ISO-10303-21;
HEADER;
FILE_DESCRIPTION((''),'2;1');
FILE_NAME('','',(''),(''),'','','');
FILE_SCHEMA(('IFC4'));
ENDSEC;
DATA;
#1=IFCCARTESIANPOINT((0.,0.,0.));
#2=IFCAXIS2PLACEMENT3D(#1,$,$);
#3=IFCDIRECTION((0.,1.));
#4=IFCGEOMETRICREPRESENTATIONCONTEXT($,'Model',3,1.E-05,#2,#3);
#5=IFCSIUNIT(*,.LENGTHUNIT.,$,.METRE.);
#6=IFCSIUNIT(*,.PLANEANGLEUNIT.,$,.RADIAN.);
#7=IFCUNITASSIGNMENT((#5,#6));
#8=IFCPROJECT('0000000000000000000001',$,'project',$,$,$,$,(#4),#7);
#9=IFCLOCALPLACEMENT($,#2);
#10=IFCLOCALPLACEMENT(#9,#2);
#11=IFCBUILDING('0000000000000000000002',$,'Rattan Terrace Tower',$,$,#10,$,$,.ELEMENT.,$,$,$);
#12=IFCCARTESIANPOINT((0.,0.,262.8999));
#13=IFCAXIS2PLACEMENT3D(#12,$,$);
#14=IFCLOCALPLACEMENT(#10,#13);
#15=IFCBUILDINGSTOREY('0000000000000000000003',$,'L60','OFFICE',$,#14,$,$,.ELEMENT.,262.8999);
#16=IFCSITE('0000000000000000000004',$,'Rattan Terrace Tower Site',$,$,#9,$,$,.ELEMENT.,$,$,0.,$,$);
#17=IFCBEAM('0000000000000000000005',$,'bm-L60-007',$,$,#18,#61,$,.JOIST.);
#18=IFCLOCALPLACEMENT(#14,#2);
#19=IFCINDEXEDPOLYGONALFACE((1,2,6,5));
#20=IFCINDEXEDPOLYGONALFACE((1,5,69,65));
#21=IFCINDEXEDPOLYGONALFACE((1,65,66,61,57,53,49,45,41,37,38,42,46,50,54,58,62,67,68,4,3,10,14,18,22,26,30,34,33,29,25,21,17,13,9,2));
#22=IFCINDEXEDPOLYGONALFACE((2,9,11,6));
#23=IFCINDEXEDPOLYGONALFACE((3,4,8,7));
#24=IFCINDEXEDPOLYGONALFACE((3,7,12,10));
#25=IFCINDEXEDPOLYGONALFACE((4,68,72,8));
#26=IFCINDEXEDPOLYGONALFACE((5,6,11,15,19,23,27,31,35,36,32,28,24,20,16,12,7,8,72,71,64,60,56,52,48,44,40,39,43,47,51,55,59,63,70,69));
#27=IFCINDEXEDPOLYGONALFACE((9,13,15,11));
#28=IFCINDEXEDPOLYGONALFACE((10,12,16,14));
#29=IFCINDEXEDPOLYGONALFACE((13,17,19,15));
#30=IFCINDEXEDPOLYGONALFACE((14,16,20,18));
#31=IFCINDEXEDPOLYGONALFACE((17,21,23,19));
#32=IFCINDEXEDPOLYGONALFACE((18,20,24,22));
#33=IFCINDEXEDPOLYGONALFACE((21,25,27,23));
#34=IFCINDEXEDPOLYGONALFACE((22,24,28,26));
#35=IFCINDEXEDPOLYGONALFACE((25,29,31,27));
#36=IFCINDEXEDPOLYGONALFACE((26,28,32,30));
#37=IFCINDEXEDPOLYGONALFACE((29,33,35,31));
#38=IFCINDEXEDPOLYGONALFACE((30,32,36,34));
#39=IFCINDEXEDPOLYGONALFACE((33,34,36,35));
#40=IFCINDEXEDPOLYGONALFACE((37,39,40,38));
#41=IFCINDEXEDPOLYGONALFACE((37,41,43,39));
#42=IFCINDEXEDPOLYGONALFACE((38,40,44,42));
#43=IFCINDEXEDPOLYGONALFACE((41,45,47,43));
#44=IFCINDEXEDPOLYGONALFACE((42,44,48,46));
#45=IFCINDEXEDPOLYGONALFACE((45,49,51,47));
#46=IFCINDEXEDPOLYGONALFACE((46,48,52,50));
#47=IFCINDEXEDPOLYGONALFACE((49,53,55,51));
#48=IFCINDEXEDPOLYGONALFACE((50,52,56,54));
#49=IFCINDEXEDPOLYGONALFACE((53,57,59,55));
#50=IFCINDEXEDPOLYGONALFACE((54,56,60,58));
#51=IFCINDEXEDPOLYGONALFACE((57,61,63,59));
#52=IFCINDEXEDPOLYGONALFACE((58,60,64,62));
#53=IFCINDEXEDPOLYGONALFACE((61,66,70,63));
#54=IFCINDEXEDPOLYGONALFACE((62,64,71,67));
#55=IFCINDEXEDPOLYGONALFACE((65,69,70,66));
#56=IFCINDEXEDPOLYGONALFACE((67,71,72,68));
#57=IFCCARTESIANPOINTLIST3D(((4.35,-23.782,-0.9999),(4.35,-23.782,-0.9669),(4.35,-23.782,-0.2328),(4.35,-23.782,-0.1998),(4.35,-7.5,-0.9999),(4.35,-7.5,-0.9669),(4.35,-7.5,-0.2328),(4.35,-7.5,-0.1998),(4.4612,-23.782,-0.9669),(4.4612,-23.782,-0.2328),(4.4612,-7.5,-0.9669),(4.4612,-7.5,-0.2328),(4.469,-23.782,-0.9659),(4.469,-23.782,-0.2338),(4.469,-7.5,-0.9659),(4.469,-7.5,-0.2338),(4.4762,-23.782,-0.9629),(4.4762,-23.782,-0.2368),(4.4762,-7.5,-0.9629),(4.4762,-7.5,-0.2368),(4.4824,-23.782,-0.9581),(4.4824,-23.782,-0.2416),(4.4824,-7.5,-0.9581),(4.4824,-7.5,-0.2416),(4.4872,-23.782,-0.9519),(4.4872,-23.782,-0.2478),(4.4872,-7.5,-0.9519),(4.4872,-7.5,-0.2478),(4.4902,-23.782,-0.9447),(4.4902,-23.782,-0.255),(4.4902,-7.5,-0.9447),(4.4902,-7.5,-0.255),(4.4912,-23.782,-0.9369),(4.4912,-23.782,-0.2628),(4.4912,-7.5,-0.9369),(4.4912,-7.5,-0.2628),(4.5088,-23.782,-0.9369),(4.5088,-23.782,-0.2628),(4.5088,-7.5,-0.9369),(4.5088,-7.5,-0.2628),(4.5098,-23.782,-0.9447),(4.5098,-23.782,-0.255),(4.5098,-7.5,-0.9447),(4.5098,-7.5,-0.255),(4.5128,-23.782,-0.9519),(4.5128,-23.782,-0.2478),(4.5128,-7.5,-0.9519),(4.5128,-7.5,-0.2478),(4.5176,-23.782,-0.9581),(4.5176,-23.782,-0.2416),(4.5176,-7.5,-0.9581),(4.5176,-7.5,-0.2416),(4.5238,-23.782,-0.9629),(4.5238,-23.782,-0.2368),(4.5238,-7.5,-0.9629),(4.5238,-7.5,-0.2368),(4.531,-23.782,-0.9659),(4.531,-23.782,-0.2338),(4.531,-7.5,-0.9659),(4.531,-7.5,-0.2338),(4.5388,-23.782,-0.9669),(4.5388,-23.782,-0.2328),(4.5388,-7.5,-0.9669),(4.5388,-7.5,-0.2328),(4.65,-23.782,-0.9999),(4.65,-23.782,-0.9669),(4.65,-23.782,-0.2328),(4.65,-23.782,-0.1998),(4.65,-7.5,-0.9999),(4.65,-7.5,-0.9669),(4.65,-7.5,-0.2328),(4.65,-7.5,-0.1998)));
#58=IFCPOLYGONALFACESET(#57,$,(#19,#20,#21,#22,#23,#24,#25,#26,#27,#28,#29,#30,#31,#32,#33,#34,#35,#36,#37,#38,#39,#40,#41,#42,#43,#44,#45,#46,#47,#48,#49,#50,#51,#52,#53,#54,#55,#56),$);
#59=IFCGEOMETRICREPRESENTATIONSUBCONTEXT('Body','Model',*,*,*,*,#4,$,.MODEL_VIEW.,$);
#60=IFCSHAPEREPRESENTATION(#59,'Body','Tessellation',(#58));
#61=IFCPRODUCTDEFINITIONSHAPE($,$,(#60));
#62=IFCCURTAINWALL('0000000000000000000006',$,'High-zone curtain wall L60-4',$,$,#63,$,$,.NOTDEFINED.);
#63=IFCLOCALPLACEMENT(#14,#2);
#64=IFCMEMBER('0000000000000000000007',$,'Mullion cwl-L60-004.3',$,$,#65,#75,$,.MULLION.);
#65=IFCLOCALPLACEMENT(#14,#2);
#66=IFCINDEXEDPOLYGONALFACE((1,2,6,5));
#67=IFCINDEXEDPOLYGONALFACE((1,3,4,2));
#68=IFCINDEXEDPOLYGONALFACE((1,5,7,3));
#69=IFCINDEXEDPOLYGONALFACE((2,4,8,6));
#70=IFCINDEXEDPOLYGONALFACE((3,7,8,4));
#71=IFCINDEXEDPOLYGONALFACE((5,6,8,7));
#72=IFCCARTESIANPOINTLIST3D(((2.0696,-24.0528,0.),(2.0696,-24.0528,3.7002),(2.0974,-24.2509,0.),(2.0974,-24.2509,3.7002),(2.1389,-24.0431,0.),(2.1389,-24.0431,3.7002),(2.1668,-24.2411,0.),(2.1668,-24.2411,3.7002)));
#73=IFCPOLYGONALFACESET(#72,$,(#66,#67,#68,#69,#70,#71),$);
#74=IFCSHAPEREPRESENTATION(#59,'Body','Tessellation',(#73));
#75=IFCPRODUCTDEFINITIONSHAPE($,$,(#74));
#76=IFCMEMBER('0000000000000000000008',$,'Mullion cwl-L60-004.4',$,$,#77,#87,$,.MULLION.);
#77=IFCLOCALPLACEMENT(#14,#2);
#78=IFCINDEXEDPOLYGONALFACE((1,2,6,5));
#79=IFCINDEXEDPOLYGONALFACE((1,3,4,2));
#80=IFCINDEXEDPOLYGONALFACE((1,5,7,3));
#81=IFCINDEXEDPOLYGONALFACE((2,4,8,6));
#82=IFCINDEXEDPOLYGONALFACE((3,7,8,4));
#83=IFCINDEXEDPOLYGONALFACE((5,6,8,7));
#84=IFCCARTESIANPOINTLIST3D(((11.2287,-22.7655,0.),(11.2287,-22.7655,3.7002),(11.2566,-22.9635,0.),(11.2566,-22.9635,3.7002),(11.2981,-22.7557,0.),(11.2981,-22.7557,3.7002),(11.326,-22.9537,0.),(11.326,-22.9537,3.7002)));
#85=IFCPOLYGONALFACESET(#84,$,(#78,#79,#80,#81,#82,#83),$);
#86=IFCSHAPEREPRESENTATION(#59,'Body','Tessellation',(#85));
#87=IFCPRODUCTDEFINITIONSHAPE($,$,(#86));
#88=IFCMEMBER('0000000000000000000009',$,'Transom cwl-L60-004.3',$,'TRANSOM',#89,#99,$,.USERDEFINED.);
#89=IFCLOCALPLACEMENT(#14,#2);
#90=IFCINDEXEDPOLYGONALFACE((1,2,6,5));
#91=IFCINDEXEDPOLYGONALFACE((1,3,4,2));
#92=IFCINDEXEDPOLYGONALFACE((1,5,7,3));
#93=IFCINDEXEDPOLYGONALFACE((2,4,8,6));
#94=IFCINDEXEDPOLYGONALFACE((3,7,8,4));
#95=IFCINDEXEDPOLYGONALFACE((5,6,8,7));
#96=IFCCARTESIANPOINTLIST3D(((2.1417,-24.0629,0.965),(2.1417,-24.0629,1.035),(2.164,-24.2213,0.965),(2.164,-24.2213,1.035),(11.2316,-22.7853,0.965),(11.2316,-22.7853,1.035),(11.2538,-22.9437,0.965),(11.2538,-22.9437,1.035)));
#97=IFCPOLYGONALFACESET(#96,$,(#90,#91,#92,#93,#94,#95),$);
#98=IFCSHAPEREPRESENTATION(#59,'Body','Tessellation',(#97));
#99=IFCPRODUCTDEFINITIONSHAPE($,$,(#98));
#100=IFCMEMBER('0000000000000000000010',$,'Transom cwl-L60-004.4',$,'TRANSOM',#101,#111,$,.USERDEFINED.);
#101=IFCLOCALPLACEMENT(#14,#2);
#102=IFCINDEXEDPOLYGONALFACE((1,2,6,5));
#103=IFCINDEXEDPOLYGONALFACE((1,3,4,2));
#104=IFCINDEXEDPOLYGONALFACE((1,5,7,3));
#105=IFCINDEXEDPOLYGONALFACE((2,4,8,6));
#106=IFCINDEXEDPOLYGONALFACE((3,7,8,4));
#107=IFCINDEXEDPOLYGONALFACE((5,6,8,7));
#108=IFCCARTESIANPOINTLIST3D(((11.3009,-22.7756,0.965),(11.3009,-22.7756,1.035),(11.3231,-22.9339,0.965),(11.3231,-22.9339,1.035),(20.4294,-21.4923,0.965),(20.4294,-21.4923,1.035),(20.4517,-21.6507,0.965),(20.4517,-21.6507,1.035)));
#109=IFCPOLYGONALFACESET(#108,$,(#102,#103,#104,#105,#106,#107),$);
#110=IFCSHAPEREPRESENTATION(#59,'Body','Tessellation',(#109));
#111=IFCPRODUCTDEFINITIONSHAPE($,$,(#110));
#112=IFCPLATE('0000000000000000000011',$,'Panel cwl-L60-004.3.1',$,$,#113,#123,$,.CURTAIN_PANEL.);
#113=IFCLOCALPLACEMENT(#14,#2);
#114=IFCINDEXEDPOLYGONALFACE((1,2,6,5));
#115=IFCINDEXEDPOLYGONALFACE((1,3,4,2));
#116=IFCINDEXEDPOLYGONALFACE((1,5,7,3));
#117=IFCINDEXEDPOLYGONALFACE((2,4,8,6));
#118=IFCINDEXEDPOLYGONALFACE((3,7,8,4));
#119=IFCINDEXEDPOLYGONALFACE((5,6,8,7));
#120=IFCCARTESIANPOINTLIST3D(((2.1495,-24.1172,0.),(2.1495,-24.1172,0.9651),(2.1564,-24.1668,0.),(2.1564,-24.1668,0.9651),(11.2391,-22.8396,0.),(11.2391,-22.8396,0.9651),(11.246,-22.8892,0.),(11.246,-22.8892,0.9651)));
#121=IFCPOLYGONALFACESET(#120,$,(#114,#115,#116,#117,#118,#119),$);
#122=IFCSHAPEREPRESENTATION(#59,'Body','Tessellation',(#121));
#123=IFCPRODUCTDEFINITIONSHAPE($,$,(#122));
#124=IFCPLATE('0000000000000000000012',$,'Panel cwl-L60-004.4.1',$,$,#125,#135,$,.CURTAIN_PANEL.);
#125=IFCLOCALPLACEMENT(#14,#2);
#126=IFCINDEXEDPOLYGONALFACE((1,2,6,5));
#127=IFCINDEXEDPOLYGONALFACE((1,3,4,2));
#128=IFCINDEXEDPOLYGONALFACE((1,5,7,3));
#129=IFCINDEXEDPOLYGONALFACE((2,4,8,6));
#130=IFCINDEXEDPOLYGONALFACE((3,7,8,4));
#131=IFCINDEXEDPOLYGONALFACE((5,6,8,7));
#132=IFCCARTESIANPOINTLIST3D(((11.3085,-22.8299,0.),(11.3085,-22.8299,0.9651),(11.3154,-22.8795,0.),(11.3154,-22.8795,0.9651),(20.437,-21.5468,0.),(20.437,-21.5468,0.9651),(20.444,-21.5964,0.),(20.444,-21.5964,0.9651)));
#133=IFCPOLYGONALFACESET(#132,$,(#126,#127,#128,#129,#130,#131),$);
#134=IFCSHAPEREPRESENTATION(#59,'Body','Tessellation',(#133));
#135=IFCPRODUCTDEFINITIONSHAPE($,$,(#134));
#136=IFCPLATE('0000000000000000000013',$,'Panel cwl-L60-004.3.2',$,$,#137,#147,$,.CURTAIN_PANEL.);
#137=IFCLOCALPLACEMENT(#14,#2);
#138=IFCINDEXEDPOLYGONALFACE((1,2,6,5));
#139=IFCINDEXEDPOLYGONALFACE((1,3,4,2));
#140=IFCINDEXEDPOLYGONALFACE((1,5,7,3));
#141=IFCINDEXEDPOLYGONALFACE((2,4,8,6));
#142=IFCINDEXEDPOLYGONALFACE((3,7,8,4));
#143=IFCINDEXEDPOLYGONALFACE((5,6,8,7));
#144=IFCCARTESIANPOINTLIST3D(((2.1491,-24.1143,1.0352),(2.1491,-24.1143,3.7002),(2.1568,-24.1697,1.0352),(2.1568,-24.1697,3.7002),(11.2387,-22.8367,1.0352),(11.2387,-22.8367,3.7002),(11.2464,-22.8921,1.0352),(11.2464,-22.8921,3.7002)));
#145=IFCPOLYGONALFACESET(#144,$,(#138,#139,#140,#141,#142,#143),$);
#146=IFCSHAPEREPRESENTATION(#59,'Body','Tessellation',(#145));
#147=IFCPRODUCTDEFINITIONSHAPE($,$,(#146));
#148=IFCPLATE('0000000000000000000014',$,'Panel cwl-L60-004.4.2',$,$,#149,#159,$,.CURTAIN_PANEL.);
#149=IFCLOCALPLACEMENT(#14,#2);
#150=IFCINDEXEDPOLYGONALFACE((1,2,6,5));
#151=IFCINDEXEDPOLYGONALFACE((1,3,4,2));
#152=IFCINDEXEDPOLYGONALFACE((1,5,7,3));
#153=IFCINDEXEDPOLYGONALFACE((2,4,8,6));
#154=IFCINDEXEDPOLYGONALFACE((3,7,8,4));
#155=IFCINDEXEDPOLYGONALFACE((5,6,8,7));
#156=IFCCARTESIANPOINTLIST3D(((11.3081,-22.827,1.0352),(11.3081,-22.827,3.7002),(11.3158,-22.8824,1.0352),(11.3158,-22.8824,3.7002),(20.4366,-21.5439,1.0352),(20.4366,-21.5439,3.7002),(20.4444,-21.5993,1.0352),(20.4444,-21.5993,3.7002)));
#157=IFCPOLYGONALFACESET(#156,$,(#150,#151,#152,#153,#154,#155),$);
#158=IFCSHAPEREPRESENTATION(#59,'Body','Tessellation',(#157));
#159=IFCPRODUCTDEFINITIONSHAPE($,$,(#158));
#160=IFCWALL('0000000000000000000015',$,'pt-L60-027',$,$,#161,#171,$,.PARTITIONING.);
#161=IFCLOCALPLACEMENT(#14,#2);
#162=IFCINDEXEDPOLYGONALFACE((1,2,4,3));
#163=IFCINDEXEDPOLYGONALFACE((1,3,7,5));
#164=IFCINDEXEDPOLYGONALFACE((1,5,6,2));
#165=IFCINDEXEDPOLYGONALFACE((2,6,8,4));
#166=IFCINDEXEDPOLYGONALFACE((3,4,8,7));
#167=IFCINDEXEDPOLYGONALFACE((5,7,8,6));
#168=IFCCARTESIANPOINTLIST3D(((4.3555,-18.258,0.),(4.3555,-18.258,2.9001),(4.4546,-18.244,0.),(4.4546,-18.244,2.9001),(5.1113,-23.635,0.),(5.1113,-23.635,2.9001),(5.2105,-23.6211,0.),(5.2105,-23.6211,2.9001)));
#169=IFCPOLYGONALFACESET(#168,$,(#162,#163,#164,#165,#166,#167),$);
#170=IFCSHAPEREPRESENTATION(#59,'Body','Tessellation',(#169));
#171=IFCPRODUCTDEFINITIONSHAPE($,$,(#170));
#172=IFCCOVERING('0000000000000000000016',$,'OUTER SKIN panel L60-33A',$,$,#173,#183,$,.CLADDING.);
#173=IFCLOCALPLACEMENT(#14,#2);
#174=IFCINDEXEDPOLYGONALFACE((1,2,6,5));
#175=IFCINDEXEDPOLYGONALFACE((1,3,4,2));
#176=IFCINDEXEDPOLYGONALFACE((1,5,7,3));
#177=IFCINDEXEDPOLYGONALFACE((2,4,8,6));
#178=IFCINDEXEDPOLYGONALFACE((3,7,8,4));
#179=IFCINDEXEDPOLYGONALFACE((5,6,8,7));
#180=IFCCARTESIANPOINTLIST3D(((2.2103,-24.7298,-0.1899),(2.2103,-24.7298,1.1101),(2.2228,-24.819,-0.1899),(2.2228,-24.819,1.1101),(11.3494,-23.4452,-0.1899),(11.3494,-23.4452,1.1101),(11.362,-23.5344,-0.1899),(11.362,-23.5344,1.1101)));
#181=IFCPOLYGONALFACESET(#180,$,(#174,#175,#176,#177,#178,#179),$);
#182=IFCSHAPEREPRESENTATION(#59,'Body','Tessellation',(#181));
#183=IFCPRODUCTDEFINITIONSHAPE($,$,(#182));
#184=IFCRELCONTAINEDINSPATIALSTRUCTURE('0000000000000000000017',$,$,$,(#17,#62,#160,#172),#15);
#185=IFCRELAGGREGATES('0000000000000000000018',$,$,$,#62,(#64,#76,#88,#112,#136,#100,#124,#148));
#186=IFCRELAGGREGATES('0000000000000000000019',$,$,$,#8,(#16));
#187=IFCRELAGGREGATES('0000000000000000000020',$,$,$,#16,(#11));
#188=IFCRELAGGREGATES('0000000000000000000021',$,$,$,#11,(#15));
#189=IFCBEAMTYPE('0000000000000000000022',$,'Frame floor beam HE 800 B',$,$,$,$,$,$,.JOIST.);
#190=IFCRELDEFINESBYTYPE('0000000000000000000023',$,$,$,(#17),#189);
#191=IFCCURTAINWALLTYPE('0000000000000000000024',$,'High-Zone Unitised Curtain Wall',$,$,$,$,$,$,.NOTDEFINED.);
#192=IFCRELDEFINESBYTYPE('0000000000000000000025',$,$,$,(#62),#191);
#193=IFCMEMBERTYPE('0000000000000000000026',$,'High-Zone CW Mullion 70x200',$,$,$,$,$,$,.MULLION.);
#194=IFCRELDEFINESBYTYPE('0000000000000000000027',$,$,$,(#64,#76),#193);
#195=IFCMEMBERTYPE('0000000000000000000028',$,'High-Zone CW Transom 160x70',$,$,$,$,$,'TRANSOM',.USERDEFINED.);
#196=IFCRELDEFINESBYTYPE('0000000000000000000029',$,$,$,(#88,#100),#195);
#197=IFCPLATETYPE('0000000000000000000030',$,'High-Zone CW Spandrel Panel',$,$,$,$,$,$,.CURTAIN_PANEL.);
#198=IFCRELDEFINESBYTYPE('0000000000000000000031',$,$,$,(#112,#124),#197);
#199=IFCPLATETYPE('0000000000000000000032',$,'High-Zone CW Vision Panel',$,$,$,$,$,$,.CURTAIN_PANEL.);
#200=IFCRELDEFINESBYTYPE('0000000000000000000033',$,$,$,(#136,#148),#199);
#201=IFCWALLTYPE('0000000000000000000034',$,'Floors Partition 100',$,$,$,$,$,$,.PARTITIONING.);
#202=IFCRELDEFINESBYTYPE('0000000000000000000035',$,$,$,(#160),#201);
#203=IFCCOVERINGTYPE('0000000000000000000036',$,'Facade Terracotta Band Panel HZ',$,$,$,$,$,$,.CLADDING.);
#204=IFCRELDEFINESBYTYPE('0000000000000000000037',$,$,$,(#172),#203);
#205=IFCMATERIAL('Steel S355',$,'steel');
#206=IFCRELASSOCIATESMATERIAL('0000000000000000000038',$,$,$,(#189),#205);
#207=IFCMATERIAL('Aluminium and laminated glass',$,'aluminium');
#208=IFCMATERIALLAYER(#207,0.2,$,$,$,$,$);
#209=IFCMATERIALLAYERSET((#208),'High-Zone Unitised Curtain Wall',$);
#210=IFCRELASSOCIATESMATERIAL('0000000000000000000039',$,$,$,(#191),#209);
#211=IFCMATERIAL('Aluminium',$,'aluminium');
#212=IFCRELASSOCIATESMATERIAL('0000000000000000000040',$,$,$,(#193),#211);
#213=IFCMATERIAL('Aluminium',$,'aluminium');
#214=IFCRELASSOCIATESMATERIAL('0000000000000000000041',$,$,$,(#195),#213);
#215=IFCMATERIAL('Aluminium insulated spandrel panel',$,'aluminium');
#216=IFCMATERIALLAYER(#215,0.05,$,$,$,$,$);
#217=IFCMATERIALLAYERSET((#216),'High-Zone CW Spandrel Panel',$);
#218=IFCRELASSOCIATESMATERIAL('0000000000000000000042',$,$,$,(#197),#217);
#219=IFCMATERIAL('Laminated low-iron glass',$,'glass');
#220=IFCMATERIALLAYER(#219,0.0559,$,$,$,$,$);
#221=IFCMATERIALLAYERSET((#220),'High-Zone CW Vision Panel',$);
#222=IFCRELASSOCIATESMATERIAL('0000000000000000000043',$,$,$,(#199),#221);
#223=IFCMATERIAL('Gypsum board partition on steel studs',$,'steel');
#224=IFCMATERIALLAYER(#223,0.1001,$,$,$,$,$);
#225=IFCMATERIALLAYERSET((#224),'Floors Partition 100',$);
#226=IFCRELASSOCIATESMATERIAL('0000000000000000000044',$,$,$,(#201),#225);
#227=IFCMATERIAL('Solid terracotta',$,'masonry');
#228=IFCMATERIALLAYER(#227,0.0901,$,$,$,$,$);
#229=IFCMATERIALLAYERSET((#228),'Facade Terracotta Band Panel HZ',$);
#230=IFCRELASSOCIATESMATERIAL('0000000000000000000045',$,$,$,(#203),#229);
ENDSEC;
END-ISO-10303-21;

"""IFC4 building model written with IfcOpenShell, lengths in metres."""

from ifc_helpers import new_model, si_unit, direction, frame, frame_2d, origin, origin_2d, place, context, subcontext, project, spatial, rectangle, i_section, extrude, material, layer, layer_set, material_profile, profile_set, type_object, element, aggregate, save


model = new_model("IFC4")

# Units and contexts
model_context = context("Model", 3, precision=1e-05, world=origin(), true_north=direction((0.0, 1.0)))
body_context = subcontext(model_context, "Body", "Model", "MODEL_VIEW")
ifc_project = project(units=[si_unit("LENGTHUNIT", "METRE"), si_unit("PLANEANGLEUNIT", "RADIAN")], contexts=[model_context])

# Site, building, storey
site_placement = place(None, origin())
site = spatial("IfcSite", under=ifc_project, at=site_placement, Name="Rattan Terrace Tower Site", CompositionType="ELEMENT", RefElevation=0.0)
building_placement = place(site_placement, origin())
building = spatial("IfcBuilding", under=site, at=building_placement, Name="Rattan Terrace Tower", CompositionType="ELEMENT")
storey_placement = place(building_placement, frame((0.0, 0.0, 262.8999)))
storey = spatial("IfcBuildingStorey", under=building, at=storey_placement, Name="L60", Description="OFFICE", CompositionType="ELEMENT", Elevation=262.8999)

# Beam
ifc_material_1 = material(Name="Steel S355", Category="steel")
ifc_material_profile_1 = material_profile(ifc_material_1, i_section(OverallWidth=0.3, OverallDepth=0.8, WebThickness=0.0176, FlangeThickness=0.033, FilletRadius=0.03, at=origin_2d()), Name="HE 800 B")
ifc_profile_set_1 = profile_set([ifc_material_profile_1], Name="Steel S355")
beam_type_1 = type_object("IfcBeamType", Name="Frame floor beam HE 800 B", PredefinedType="JOIST", material=ifc_profile_set_1)
beam_1_placement = place(storey_placement, frame((4.5, -23.782, -0.5999), z_axis=(0.0, 1.0, 0.0), x_axis=(-1.0, 0.0, 0.0)))
element("IfcBeam", 1, at=beam_1_placement, inside=storey, type_object=beam_type_1, Name="bm-L60-007", PredefinedType="JOIST", context=body_context, shape_type="SweptSolid", body=[
    extrude(i_section(OverallWidth=0.3, OverallDepth=0.8, WebThickness=0.0176, FlangeThickness=0.033, FilletRadius=0.03, at=origin_2d()), origin(), (0.0, 0.0, 1.0), 16.282),
])

# Curtain wall, members, plates
ifc_material_2 = material(Name="Aluminium and laminated glass", Category="aluminium")
ifc_layer_1 = layer(ifc_material_2, 0.2)
ifc_layer_set_1 = layer_set([ifc_layer_1], Name="High-Zone Unitised Curtain Wall")
curtain_wall_type = type_object("IfcCurtainWallType", Name="High-Zone Unitised Curtain Wall", PredefinedType="NOTDEFINED", material=ifc_layer_set_1)
curtain_wall_placement = place(storey_placement, origin())
curtain_wall = element("IfcCurtainWall", 2, at=curtain_wall_placement, inside=storey, type_object=curtain_wall_type, Name="High-zone curtain wall L60-4", PredefinedType="NOTDEFINED")
ifc_material_3 = material(Name="Aluminium", Category="aluminium")
ifc_material_profile_2 = material_profile(ifc_material_3, rectangle(XDim=0.0701, YDim=0.2, at=origin_2d()), Name="Aluminium 70x200")
ifc_profile_set_2 = profile_set([ifc_material_profile_2], Name="Aluminium")
member_type_1 = type_object("IfcMemberType", Name="High-Zone CW Mullion 70x200", PredefinedType="MULLION", material=ifc_profile_set_2)
member_1_placement = place(storey_placement, frame((2.1182, -24.147, 0.0), z_axis=(0.0, 0.0, 1.0), x_axis=(0.990266, 0.139189, 0.0)))
member_1 = element("IfcMember", 3, at=member_1_placement, type_object=member_type_1, Name="Mullion cwl-L60-004.3", PredefinedType="MULLION", context=body_context, shape_type="SweptSolid", body=[
    extrude(rectangle(XDim=0.0701, YDim=0.2, at=origin_2d()), origin(), (0.0, 0.0, 1.0), 3.7002),
])
member_2_placement = place(storey_placement, frame((11.2773, -22.8596, 0.0), z_axis=(0.0, 0.0, 1.0), x_axis=(0.990266, 0.139189, 0.0)))
member_2 = element("IfcMember", 4, at=member_2_placement, type_object=member_type_1, Name="Mullion cwl-L60-004.4", PredefinedType="MULLION", context=body_context, shape_type="SweptSolid", body=[
    extrude(rectangle(XDim=0.0701, YDim=0.2, at=origin_2d()), origin(), (0.0, 0.0, 1.0), 3.7002),
])
ifc_material_4 = material(Name="Aluminium", Category="aluminium")
ifc_material_profile_3 = material_profile(ifc_material_4, rectangle(XDim=0.1599, YDim=0.0701, at=origin_2d()), Name="Aluminium 160x70")
ifc_profile_set_3 = profile_set([ifc_material_profile_3], Name="Aluminium")
member_type_2 = type_object("IfcMemberType", Name="High-Zone CW Transom 160x70", ElementType="TRANSOM", PredefinedType="USERDEFINED", material=ifc_profile_set_3)
member_3_placement = place(storey_placement, frame((2.1528, -24.1421, 1.0), z_axis=(0.990267, 0.139183, 0.0), x_axis=(-0.139183, 0.990267, 0.0)))
member_3 = element("IfcMember", 5, at=member_3_placement, type_object=member_type_2, Name="Transom cwl-L60-004.3", ObjectType="TRANSOM", PredefinedType="USERDEFINED", context=body_context, shape_type="SweptSolid", body=[
    extrude(rectangle(XDim=0.1599, YDim=0.0701, at=origin_2d()), origin(), (0.0, 0.0, 1.0), 9.1792),
])
member_4_placement = place(storey_placement, frame((11.312, -22.8547, 1.0), z_axis=(0.990264, 0.139204, 0.0), x_axis=(-0.139204, 0.990264, 0.0)))
member_4 = element("IfcMember", 6, at=member_4_placement, type_object=member_type_2, Name="Transom cwl-L60-004.4", ObjectType="TRANSOM", PredefinedType="USERDEFINED", context=body_context, shape_type="SweptSolid", body=[
    extrude(rectangle(XDim=0.1599, YDim=0.0701, at=origin_2d()), origin(), (0.0, 0.0, 1.0), 9.2183),
])
ifc_material_5 = material(Name="Aluminium insulated spandrel panel", Category="aluminium")
ifc_layer_2 = layer(ifc_material_5, 0.05)
ifc_layer_set_2 = layer_set([ifc_layer_2], Name="High-Zone CW Spandrel Panel")
plate_type_1 = type_object("IfcPlateType", Name="High-Zone CW Spandrel Panel", PredefinedType="CURTAIN_PANEL", material=ifc_layer_set_2)
plate_1_placement = place(storey_placement, frame((6.6978, -23.5032, 0.0), z_axis=(0.0, 0.0, 1.0), x_axis=(0.990266, 0.139189, 0.0)))
plate_1 = element("IfcPlate", 7, at=plate_1_placement, type_object=plate_type_1, Name="Panel cwl-L60-004.3.1", PredefinedType="CURTAIN_PANEL", context=body_context, shape_type="SweptSolid", body=[
    extrude(rectangle(XDim=9.179, YDim=0.05, at=origin_2d()), origin(), (0.0, 0.0, 1.0), 0.9651),
])
plate_2_placement = place(storey_placement, frame((15.8762, -22.2131, 0.0), z_axis=(0.0, 0.0, 1.0), x_axis=(0.990266, 0.139189, 0.0)))
plate_2 = element("IfcPlate", 8, at=plate_2_placement, type_object=plate_type_1, Name="Panel cwl-L60-004.4.1", PredefinedType="CURTAIN_PANEL", context=body_context, shape_type="SweptSolid", body=[
    extrude(rectangle(XDim=9.2183, YDim=0.05, at=origin_2d()), origin(), (0.0, 0.0, 1.0), 0.9651),
])
ifc_material_6 = material(Name="Laminated low-iron glass", Category="glass")
ifc_layer_3 = layer(ifc_material_6, 0.0559)
ifc_layer_set_3 = layer_set([ifc_layer_3], Name="High-Zone CW Vision Panel")
plate_type_2 = type_object("IfcPlateType", Name="High-Zone CW Vision Panel", PredefinedType="CURTAIN_PANEL", material=ifc_layer_set_3)
plate_3_placement = place(storey_placement, frame((6.6978, -23.5032, 1.0352), z_axis=(0.0, 0.0, 1.0), x_axis=(0.990266, 0.139189, 0.0)))
plate_3 = element("IfcPlate", 9, at=plate_3_placement, type_object=plate_type_2, Name="Panel cwl-L60-004.3.2", PredefinedType="CURTAIN_PANEL", context=body_context, shape_type="SweptSolid", body=[
    extrude(rectangle(XDim=9.179, YDim=0.0559, at=origin_2d()), origin(), (0.0, 0.0, 1.0), 2.665),
])
plate_4_placement = place(storey_placement, frame((15.8762, -22.2131, 1.0352), z_axis=(0.0, 0.0, 1.0), x_axis=(0.990266, 0.139189, 0.0)))
plate_4 = element("IfcPlate", 10, at=plate_4_placement, type_object=plate_type_2, Name="Panel cwl-L60-004.4.2", PredefinedType="CURTAIN_PANEL", context=body_context, shape_type="SweptSolid", body=[
    extrude(rectangle(XDim=9.2183, YDim=0.0559, at=origin_2d()), origin(), (0.0, 0.0, 1.0), 2.665),
])
aggregate(curtain_wall, [member_1, member_2, member_3, plate_1, plate_3, member_4, plate_2, plate_4])

# Wall
ifc_material_7 = material(Name="Gypsum board partition on steel studs", Category="steel")
ifc_layer_4 = layer(ifc_material_7, 0.1001)
ifc_layer_set_4 = layer_set([ifc_layer_4], Name="Floors Partition 100")
wall_type = type_object("IfcWallType", Name="Floors Partition 100", PredefinedType="PARTITIONING", material=ifc_layer_set_4)
wall_placement = place(storey_placement, frame((5.1609, -23.6279, 0.0), z_axis=(0.0, 0.0, 1.0), x_axis=(-0.139205, 0.990264, 0.0)))
element("IfcWall", 11, at=wall_placement, inside=storey, type_object=wall_type, Name="pt-L60-027", PredefinedType="PARTITIONING", context=body_context, shape_type="SweptSolid", body=[
    extrude(rectangle(XDim=5.4299, YDim=0.1001, at=frame_2d((2.7148, 0.0))), origin(), (0.0, 0.0, 1.0), 2.9001),
])

# Covering
ifc_material_8 = material(Name="Solid terracotta", Category="masonry")
ifc_layer_5 = layer(ifc_material_8, 0.0901)
ifc_layer_set_5 = layer_set([ifc_layer_5], Name="Facade Terracotta Band Panel HZ")
covering_type_1 = type_object("IfcCoveringType", Name="Facade Terracotta Band Panel HZ", PredefinedType="CLADDING", material=ifc_layer_set_5)
covering_1_placement = place(storey_placement, frame((6.7861, -24.1321, -0.1899), z_axis=(0.0, 0.0, 1.0), x_axis=(0.990266, 0.139189, 0.0)))
element("IfcCovering", 12, at=covering_1_placement, inside=storey, type_object=covering_type_1, Name="OUTER SKIN panel L60-33A", PredefinedType="CLADDING", context=body_context, shape_type="SweptSolid", body=[
    extrude(rectangle(XDim=9.229, YDim=0.0901, at=origin_2d()), origin(), (0.0, 0.0, 1.0), 1.3),
])

save(model, "model.ifc")
